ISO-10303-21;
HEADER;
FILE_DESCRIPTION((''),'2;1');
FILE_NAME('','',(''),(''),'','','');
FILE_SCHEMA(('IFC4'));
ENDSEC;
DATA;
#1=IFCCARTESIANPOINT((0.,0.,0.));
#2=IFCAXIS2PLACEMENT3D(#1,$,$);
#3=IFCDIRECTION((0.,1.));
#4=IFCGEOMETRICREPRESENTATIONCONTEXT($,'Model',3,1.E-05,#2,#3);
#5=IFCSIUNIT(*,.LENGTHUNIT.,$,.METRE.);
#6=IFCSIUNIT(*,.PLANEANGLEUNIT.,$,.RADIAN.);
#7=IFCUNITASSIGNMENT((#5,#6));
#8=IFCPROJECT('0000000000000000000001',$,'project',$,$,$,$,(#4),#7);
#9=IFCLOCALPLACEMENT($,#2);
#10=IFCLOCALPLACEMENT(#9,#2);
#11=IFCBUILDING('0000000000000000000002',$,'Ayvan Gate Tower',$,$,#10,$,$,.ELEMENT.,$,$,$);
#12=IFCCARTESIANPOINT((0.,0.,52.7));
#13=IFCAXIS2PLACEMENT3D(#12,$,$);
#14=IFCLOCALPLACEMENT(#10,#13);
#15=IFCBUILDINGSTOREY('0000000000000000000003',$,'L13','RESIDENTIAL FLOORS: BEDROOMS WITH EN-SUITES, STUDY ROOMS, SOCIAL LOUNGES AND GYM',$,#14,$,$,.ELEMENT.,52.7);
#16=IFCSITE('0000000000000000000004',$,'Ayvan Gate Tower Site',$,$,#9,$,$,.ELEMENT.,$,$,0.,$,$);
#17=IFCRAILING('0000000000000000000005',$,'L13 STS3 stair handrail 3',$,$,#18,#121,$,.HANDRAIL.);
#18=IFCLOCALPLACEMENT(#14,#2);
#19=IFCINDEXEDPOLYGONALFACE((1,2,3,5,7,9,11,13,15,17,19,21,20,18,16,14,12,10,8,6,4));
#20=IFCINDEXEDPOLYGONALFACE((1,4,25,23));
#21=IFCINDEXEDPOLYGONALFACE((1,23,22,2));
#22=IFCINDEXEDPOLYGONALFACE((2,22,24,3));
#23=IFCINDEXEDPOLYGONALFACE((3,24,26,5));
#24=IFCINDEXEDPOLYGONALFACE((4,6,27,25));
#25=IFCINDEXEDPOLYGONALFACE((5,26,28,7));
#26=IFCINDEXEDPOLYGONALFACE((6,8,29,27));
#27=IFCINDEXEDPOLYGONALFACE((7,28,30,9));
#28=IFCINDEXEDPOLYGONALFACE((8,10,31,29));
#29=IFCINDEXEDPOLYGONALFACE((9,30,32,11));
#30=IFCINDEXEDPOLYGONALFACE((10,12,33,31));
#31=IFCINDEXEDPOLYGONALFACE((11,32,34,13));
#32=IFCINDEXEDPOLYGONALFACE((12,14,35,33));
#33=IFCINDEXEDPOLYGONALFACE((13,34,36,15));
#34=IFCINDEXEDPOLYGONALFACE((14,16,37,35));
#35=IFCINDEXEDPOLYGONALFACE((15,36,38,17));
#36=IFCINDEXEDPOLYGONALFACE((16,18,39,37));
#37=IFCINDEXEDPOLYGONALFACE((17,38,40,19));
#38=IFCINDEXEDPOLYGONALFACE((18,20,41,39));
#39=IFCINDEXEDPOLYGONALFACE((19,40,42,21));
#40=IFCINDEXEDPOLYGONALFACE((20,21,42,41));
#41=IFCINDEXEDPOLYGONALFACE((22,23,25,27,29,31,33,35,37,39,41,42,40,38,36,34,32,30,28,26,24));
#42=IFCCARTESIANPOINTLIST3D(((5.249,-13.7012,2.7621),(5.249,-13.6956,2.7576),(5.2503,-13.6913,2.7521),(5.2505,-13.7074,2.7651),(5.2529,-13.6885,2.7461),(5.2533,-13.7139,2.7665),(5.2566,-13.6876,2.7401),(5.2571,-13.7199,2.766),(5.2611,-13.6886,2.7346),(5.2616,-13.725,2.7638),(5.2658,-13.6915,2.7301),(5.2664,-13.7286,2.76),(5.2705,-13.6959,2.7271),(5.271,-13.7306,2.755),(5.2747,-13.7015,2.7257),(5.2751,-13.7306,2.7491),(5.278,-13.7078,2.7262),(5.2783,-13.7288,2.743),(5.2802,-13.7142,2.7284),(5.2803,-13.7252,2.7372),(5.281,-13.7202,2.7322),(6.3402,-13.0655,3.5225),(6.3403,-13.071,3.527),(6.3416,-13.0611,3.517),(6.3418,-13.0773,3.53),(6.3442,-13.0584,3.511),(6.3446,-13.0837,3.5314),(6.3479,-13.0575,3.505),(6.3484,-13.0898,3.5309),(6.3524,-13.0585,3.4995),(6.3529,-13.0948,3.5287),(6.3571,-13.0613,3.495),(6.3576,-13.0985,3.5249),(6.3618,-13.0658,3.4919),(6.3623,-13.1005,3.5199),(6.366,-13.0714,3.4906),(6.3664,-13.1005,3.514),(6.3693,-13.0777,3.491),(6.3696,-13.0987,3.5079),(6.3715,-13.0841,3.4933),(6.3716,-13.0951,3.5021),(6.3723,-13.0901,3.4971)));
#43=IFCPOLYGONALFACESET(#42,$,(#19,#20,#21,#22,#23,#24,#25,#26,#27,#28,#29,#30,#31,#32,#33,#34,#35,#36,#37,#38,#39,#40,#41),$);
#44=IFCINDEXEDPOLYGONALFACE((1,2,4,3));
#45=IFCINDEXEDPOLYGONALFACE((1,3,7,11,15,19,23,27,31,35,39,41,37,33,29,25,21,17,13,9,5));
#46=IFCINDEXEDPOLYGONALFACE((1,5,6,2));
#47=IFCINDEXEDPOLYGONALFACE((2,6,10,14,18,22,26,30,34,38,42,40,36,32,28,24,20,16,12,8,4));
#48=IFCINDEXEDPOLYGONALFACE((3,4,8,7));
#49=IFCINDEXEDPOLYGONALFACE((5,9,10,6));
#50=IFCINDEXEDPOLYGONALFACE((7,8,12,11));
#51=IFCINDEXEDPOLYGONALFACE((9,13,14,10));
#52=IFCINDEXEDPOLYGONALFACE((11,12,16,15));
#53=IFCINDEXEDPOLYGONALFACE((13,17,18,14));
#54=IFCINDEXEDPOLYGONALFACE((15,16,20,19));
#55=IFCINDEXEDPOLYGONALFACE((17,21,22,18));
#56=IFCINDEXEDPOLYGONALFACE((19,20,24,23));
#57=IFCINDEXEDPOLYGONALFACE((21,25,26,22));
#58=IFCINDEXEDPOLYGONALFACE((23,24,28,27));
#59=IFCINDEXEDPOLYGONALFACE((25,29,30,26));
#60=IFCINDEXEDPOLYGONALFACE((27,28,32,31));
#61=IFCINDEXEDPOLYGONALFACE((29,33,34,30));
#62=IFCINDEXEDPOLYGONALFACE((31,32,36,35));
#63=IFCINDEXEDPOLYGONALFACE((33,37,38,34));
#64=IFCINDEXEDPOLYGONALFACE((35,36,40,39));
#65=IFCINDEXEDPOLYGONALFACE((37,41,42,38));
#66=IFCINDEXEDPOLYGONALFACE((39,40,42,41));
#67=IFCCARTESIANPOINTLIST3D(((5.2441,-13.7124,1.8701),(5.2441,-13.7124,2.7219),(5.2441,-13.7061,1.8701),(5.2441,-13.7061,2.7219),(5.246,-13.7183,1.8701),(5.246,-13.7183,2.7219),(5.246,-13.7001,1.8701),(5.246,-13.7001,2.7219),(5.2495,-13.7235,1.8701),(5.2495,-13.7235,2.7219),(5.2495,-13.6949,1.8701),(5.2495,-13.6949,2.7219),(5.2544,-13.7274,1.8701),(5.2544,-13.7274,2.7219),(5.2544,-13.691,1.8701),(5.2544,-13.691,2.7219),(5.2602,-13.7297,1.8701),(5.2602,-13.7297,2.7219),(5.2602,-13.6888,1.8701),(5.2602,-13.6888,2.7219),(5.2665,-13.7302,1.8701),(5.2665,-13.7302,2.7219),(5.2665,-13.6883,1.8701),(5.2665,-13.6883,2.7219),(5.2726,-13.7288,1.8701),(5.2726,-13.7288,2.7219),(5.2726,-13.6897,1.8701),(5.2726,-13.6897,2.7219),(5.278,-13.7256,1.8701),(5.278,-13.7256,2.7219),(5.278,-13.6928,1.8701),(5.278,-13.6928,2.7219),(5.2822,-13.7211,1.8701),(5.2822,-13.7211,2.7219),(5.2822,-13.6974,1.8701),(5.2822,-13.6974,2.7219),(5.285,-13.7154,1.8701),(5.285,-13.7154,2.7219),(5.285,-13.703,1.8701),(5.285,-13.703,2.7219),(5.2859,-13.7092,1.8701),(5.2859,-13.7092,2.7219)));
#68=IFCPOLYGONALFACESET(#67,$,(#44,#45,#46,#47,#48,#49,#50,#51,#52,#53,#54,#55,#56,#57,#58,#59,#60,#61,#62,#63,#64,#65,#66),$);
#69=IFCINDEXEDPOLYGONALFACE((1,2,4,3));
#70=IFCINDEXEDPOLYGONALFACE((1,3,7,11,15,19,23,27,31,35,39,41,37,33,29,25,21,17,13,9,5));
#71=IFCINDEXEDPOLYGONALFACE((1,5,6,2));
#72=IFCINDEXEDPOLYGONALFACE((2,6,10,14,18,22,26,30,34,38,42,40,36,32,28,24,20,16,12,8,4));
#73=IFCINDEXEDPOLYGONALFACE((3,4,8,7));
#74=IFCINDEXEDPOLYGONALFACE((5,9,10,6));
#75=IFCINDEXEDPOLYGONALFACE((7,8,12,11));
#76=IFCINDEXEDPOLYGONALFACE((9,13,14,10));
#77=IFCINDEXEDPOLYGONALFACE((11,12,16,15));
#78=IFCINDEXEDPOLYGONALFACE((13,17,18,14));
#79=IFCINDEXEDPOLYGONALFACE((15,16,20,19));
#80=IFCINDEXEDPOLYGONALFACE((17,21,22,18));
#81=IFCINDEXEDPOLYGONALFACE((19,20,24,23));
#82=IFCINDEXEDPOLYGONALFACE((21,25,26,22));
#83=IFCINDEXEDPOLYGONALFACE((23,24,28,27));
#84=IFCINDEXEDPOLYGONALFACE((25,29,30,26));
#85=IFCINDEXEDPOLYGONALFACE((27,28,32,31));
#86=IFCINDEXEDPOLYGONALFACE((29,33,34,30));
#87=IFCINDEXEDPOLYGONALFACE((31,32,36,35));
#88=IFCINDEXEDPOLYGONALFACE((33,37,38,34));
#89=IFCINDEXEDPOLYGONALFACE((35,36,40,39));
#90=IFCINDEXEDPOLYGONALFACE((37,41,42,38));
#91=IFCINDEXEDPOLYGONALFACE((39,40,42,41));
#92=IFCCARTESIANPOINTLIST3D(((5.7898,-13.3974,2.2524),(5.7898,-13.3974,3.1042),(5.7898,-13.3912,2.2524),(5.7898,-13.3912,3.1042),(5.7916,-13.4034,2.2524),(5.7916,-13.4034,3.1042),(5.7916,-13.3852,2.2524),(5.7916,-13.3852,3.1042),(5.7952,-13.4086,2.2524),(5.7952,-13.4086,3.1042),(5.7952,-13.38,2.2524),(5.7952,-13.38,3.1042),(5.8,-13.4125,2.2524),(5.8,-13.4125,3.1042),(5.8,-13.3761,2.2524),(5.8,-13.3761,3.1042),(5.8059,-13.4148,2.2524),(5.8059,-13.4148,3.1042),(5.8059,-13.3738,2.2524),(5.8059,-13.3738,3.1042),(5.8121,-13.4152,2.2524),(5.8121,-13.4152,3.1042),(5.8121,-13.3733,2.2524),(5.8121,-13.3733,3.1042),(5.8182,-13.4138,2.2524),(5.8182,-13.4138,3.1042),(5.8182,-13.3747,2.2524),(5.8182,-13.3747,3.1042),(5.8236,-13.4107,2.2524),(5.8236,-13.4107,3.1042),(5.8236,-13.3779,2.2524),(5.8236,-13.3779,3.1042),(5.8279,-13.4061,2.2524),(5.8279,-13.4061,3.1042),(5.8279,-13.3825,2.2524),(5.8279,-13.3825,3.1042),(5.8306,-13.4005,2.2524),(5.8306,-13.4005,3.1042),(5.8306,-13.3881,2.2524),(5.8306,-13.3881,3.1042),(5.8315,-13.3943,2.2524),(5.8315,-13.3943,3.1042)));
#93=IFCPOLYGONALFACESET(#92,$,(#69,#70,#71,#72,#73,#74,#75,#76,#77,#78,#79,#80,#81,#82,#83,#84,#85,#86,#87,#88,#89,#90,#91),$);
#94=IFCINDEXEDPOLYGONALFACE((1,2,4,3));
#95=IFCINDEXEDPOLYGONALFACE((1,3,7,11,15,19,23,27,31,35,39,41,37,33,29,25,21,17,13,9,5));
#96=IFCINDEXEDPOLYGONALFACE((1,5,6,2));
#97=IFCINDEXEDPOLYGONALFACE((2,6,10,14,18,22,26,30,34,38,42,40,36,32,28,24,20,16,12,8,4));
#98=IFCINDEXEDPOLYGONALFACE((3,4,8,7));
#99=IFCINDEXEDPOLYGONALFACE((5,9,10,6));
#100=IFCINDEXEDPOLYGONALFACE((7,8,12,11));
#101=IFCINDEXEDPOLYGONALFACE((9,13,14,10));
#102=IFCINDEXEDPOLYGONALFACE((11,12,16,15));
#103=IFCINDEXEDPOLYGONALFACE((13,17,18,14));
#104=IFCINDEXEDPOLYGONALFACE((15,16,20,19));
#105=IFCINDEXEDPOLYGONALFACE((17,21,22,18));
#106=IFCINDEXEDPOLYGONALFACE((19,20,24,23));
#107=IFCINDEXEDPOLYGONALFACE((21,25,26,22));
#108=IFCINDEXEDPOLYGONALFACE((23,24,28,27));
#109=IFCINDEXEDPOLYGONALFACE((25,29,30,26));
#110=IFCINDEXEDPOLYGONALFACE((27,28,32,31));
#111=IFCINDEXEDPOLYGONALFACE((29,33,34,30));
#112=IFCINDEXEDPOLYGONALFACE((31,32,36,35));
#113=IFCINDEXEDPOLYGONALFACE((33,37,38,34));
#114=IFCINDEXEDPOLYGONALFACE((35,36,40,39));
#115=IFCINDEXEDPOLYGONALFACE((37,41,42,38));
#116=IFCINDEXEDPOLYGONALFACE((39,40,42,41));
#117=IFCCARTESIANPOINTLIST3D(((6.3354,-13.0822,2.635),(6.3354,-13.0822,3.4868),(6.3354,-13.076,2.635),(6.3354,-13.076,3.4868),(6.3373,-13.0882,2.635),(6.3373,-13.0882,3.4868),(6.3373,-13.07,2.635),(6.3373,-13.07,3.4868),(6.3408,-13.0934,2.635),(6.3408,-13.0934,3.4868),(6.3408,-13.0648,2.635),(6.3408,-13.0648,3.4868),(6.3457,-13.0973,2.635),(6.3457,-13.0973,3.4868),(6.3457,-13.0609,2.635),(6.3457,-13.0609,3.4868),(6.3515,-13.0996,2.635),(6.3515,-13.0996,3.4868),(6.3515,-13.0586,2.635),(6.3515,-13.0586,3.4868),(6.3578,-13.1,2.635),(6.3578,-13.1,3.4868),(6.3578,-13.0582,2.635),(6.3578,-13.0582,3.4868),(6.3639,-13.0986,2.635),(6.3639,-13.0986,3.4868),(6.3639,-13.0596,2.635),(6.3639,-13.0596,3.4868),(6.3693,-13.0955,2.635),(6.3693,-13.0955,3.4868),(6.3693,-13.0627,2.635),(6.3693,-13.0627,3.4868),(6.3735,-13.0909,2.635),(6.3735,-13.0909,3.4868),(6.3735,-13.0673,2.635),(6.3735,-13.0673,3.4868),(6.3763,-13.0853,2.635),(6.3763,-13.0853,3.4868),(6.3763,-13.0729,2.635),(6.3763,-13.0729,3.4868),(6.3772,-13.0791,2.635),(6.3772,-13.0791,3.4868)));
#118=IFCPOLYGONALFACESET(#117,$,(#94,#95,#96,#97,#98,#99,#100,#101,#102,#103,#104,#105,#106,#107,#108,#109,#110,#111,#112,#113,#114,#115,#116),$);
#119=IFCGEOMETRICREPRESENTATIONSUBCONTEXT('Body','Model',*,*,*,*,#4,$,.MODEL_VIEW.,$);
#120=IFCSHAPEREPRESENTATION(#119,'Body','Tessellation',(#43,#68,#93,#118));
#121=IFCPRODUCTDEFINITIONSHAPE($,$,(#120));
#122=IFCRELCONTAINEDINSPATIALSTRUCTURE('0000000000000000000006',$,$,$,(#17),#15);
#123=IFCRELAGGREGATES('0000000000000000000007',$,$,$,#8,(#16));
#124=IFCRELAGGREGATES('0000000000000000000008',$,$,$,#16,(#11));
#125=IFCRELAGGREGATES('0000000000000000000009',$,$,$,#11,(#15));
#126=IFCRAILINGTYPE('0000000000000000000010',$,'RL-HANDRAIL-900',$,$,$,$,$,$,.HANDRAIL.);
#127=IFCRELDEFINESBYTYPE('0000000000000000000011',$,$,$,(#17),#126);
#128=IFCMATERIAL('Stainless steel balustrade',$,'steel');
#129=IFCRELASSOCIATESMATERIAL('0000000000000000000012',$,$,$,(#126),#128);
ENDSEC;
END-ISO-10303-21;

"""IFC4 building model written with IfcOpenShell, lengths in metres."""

from ifc_helpers import new_model, si_unit, direction, frame, origin, origin_2d, place, context, subcontext, project, spatial, circle, extrude, material, type_object, element, save


model = new_model("IFC4")

# Units and contexts
model_context = context("Model", 3, precision=1e-05, world=origin(), true_north=direction((0.0, 1.0)))
body_context = subcontext(model_context, "Body", "Model", "MODEL_VIEW")
ifc_project = project(units=[si_unit("LENGTHUNIT", "METRE"), si_unit("PLANEANGLEUNIT", "RADIAN")], contexts=[model_context])

# Site, building, storey
site_placement = place(None, origin())
site = spatial("IfcSite", under=ifc_project, at=site_placement, Name="Ayvan Gate Tower Site", CompositionType="ELEMENT", RefElevation=0.0)
building_placement = place(site_placement, origin())
building = spatial("IfcBuilding", under=site, at=building_placement, Name="Ayvan Gate Tower", CompositionType="ELEMENT")
storey_placement = place(building_placement, frame((0.0, 0.0, 52.7)))
storey = spatial("IfcBuildingStorey", under=building, at=storey_placement, Name="L13", Description="RESIDENTIAL FLOORS: BEDROOMS WITH EN-SUITES, STUDY ROOMS, SOCIAL LOUNGES AND GYM", CompositionType="ELEMENT", Elevation=52.7)

# Railing
ifc_material_1 = material(Name="Stainless steel balustrade", Category="steel")
railing_type_1 = type_object("IfcRailingType", Name="RL-HANDRAIL-900", PredefinedType="HANDRAIL", material=ifc_material_1)
railing_1_placement = place(storey_placement, frame((5.2649, -13.7092, 1.8701)))
element("IfcRailing", 1, at=railing_1_placement, inside=storey, type_object=railing_type_1, Name="L13 STS3 stair handrail 3", PredefinedType="HANDRAIL", context=body_context, shape_type="SweptSolid", body=[
    extrude(circle(Radius=0.0239, at=origin_2d()), frame((0.0, 0.0, 0.876), z_axis=(0.740304, 0.427455, 0.518875), x_axis=(-0.500035, 0.866005, 0.0)), (0.0, 0.0, 1.0), 1.4741),
    extrude(circle(Radius=0.021, at=origin_2d()), origin(), (0.0, 0.0, 1.0), 0.8518),
    extrude(circle(Radius=0.021, at=origin_2d()), frame((0.5457, 0.3149, 0.3823)), (0.0, 0.0, 1.0), 0.8518),
    extrude(circle(Radius=0.021, at=origin_2d()), frame((1.0913, 0.6301, 0.7649)), (0.0, 0.0, 1.0), 0.8518),
])

save(model, "model.ifc")
